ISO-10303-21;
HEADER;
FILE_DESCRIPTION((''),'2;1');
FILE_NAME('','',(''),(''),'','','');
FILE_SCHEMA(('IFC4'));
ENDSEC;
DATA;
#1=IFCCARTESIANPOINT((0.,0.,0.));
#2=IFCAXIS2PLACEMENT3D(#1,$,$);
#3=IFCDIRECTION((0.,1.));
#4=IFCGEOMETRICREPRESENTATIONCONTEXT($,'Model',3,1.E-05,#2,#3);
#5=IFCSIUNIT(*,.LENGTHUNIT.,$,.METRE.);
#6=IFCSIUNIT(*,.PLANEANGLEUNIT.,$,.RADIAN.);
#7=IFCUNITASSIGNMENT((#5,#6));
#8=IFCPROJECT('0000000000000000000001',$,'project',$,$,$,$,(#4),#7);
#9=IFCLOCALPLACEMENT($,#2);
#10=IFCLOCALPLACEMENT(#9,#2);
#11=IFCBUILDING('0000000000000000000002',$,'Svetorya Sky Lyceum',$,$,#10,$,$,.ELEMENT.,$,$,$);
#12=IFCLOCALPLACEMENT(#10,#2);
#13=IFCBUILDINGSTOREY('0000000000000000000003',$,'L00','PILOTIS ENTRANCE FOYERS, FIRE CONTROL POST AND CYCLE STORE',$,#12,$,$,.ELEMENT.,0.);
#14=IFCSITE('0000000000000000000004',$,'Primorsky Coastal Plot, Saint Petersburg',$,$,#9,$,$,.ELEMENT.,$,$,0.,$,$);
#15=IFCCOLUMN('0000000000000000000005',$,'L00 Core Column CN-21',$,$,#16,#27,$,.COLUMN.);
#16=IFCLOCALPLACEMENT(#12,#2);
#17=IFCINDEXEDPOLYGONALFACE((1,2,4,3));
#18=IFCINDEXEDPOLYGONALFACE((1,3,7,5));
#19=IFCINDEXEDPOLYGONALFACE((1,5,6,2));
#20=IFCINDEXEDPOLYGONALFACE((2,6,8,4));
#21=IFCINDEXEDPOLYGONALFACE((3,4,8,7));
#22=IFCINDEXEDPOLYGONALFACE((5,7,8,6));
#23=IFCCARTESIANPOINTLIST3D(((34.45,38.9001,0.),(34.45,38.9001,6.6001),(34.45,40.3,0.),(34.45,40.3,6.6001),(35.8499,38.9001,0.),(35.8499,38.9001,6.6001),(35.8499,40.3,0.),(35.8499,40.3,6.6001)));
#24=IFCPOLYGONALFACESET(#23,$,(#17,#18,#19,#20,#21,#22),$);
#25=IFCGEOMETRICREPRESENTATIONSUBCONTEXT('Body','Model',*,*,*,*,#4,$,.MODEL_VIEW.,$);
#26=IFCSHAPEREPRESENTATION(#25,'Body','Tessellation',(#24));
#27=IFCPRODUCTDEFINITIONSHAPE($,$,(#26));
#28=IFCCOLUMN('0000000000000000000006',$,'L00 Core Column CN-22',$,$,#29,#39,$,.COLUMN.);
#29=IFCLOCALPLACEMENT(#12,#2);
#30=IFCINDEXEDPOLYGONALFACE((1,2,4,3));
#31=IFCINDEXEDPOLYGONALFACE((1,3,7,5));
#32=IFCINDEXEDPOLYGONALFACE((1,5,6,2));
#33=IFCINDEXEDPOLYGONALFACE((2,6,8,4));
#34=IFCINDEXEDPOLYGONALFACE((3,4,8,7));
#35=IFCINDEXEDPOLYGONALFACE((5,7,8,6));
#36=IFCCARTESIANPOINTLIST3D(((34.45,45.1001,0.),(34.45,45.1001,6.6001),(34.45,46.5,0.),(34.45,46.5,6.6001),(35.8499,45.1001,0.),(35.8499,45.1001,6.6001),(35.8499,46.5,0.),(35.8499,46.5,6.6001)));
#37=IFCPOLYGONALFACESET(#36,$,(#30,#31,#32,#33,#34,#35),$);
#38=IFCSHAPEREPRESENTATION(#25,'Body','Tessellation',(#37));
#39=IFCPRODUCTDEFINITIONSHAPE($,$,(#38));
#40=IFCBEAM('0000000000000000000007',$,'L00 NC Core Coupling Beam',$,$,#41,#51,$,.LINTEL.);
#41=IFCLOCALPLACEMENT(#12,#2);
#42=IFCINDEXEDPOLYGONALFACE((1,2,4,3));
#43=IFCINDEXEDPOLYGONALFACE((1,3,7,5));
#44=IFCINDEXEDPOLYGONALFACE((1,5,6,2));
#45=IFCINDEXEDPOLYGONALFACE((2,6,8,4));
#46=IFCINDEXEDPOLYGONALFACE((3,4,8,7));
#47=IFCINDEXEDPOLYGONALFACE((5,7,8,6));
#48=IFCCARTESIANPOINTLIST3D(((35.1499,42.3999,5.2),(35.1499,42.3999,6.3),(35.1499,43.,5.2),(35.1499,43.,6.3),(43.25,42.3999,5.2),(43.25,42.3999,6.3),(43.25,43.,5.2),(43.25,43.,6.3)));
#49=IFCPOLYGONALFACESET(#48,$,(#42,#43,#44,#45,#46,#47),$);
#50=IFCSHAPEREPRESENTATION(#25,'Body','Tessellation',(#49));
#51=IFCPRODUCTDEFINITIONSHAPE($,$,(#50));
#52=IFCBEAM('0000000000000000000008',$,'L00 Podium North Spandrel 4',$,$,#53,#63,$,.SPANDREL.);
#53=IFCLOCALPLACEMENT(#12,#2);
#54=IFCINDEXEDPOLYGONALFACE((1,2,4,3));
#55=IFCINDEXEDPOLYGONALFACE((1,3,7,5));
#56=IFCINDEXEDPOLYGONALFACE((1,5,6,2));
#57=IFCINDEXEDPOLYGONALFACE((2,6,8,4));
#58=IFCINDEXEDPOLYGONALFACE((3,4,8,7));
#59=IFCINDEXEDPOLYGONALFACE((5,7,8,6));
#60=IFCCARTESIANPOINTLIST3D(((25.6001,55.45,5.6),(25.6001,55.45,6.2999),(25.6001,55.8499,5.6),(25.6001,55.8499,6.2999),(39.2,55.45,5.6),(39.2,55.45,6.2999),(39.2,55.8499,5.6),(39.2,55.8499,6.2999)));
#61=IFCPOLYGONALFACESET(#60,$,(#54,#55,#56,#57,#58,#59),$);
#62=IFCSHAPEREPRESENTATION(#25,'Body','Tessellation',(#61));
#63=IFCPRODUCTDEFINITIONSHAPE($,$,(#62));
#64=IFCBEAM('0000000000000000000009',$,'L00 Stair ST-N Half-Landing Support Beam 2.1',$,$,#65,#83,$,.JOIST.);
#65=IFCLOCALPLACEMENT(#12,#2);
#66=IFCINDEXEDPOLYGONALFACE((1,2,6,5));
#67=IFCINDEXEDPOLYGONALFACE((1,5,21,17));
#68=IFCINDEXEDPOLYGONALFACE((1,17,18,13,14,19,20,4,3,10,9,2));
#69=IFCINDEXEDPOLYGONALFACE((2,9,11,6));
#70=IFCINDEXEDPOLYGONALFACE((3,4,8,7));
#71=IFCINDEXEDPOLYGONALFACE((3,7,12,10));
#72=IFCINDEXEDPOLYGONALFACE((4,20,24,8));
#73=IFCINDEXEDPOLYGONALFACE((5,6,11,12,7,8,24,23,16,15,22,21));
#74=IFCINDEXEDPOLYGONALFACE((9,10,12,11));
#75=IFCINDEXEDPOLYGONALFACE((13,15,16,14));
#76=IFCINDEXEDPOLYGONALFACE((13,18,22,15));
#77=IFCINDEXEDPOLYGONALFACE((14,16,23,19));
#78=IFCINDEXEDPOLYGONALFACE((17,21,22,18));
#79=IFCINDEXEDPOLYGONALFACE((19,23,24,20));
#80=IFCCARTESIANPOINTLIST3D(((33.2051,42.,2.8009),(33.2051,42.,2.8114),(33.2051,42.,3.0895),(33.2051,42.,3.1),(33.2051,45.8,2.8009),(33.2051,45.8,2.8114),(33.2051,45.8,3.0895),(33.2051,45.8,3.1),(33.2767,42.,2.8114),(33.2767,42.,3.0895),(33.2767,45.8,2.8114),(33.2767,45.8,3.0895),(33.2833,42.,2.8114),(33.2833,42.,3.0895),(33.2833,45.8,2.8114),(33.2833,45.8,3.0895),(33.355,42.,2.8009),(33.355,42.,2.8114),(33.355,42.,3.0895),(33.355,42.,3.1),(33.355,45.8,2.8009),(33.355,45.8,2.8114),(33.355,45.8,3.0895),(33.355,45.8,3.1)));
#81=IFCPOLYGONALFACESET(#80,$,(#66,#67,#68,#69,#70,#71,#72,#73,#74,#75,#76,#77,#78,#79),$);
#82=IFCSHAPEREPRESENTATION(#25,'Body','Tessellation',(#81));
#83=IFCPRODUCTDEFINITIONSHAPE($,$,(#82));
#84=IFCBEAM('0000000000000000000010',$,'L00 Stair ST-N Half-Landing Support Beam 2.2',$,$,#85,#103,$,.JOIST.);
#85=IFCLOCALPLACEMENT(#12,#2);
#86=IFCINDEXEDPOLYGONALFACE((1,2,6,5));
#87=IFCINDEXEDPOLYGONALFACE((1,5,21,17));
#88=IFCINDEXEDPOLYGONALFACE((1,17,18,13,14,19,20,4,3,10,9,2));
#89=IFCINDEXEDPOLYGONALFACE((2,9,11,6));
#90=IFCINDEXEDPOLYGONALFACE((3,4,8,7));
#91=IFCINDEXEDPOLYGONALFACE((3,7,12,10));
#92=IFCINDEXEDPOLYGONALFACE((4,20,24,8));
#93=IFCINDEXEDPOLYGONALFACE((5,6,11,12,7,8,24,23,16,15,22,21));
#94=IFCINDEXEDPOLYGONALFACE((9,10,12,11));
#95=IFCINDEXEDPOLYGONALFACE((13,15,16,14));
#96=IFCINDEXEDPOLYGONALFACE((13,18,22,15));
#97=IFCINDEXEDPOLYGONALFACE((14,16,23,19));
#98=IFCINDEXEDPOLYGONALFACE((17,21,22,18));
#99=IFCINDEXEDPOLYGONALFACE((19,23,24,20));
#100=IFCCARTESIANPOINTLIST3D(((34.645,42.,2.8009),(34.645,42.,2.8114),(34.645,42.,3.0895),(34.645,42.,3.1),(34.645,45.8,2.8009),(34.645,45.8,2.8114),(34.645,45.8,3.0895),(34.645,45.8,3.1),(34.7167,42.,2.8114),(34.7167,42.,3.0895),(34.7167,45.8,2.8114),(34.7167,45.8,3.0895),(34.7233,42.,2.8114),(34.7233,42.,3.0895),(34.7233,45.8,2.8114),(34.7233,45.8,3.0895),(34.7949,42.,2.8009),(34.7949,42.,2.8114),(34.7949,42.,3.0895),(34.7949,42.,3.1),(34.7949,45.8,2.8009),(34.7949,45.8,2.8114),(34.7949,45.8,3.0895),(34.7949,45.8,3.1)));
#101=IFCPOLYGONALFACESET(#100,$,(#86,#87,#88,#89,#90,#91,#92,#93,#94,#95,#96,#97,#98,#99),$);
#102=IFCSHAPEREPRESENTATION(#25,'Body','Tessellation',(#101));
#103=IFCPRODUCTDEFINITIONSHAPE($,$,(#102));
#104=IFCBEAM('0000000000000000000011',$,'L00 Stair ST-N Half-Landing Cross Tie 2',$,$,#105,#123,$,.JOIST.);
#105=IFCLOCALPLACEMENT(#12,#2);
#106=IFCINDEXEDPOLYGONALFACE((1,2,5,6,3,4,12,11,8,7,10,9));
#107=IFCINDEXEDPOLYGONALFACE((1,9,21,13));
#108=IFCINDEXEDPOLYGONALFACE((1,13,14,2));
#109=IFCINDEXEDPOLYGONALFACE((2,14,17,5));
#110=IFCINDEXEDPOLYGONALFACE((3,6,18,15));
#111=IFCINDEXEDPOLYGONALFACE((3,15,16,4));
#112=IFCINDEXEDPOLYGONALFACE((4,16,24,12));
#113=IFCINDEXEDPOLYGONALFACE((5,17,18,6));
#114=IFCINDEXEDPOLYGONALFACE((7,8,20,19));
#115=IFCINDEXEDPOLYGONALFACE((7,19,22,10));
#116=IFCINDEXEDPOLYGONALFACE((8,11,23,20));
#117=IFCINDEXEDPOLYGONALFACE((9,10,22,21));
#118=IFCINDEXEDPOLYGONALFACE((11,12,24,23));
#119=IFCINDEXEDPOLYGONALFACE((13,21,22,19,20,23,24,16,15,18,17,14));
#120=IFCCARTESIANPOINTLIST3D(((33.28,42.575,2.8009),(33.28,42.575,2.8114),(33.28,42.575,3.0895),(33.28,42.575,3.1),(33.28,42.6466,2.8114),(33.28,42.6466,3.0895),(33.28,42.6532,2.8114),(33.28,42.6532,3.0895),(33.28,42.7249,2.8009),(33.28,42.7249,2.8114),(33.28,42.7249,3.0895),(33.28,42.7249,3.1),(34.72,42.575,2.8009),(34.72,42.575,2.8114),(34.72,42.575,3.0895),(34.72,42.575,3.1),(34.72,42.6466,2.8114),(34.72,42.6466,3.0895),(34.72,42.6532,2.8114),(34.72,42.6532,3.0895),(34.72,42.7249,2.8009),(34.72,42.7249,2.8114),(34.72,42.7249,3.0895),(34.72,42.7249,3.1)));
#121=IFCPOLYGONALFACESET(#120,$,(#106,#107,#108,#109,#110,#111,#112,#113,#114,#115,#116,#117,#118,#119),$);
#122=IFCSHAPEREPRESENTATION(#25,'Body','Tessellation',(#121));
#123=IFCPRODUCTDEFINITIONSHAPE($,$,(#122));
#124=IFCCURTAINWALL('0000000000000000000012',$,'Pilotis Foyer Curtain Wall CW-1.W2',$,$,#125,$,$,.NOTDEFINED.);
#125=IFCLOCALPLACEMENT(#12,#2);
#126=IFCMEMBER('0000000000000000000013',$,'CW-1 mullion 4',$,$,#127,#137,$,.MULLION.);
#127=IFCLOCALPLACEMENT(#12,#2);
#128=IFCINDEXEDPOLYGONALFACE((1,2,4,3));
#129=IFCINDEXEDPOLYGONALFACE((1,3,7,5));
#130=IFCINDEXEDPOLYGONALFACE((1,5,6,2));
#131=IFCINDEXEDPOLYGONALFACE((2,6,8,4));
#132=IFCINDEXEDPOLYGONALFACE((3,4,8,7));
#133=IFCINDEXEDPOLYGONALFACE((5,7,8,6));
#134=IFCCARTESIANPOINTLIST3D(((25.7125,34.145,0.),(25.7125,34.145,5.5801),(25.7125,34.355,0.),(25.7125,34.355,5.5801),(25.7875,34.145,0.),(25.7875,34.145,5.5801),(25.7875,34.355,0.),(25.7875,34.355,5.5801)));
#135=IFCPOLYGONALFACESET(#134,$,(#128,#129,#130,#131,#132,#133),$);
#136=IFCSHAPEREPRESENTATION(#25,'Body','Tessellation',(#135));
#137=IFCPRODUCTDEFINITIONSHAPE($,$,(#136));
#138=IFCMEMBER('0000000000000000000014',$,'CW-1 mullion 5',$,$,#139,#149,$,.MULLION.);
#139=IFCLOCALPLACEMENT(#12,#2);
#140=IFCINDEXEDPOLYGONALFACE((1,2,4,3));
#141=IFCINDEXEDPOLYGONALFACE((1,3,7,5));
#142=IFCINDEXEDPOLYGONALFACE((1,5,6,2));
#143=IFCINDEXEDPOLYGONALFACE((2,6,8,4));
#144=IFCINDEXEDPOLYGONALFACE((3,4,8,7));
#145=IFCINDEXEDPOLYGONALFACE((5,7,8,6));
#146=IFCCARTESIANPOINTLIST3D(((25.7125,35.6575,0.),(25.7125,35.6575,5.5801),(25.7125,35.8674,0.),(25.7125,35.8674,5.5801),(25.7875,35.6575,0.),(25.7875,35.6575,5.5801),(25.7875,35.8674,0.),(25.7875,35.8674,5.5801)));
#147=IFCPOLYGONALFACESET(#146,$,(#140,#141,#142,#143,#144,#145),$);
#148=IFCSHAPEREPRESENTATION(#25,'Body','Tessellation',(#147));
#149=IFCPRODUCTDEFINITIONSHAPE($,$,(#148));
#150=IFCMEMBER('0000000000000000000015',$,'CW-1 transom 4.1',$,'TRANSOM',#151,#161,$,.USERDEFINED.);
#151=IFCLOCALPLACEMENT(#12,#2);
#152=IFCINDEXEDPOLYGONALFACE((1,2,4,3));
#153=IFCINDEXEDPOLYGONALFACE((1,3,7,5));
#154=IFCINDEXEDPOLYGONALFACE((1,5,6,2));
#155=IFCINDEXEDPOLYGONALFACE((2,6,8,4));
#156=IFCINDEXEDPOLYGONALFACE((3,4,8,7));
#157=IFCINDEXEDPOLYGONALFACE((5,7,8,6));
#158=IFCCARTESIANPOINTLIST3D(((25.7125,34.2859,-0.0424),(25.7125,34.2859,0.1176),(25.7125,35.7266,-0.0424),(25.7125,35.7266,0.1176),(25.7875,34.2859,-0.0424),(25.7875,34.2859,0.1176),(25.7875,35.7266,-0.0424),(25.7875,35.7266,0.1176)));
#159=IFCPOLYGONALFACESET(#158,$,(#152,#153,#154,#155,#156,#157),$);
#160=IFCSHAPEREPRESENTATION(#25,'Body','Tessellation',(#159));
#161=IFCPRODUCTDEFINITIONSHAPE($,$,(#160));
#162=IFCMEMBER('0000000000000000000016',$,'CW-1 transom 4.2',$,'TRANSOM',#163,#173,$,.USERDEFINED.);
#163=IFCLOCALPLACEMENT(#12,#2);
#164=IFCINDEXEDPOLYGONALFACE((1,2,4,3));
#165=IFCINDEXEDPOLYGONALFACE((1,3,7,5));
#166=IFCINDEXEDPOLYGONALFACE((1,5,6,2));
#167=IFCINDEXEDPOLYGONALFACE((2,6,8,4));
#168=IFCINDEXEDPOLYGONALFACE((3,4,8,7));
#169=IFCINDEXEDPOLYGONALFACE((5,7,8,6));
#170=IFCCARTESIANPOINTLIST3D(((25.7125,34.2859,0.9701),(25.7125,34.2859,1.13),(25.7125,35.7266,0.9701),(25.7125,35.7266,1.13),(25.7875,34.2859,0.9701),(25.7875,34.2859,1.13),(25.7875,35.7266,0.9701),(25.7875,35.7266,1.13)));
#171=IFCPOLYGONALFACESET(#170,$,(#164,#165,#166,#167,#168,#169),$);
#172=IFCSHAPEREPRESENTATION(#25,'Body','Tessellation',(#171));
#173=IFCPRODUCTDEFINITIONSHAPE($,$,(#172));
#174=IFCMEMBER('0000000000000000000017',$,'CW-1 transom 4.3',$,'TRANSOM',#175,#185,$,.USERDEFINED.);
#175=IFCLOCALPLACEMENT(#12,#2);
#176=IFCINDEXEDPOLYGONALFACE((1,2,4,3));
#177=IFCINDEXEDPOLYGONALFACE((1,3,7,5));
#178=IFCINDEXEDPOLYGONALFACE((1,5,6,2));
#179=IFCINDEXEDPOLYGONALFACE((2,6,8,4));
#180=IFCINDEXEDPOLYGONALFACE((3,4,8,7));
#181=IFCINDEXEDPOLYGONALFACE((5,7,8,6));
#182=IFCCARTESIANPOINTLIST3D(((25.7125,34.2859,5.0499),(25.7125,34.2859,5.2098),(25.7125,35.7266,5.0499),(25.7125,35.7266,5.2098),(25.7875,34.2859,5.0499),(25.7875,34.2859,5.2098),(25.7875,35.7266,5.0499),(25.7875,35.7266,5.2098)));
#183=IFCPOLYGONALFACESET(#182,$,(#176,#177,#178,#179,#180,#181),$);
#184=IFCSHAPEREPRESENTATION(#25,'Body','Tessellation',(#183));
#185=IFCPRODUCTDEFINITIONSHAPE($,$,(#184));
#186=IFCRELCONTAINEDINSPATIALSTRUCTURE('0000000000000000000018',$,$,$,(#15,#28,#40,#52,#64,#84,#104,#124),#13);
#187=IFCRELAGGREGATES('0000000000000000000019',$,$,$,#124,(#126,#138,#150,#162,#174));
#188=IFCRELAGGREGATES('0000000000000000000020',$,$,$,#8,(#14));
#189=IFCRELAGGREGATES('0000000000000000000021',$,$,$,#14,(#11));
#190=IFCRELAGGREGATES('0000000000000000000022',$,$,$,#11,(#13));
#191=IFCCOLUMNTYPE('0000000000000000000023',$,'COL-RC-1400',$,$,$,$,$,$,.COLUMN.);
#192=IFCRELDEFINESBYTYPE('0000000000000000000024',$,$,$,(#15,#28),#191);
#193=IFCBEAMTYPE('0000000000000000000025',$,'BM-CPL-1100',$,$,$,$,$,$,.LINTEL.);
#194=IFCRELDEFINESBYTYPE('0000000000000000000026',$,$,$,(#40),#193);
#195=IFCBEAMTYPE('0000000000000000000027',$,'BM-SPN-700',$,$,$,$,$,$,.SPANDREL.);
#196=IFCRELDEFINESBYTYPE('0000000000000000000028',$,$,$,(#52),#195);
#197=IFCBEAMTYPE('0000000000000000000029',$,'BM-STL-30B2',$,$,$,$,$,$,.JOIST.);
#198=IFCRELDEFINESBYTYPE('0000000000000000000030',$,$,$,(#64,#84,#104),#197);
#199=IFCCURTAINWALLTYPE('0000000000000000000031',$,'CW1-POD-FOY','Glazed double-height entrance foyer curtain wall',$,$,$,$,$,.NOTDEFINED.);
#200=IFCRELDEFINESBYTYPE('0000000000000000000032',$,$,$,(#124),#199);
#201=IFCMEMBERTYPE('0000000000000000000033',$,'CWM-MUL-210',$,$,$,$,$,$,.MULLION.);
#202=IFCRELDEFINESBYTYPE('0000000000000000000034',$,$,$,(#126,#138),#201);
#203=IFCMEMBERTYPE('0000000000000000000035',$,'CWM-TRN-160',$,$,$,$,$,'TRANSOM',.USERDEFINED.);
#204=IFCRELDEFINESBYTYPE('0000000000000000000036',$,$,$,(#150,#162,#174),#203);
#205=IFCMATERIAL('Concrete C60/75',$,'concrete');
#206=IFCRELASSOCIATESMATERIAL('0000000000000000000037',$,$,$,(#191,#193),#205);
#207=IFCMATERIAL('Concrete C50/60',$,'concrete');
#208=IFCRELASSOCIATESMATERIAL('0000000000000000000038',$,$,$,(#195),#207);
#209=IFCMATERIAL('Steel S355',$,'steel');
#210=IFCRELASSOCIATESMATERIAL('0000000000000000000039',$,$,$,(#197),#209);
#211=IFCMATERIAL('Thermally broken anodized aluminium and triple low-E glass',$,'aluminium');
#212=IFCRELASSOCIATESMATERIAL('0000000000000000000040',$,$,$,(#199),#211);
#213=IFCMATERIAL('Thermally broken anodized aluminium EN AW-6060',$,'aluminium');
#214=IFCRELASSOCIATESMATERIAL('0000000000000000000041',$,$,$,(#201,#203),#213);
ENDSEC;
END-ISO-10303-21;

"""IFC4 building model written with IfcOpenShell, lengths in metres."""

from ifc_helpers import new_model, si_unit, direction, frame, origin, origin_2d, place, context, subcontext, project, spatial, rectangle, i_section, extrude, material, material_profile, profile_set, type_object, element, aggregate, save


model = new_model("IFC4")

# Units and contexts
model_context = context("Model", 3, precision=1e-05, world=origin(), true_north=direction((0.0, 1.0)))
body_context = subcontext(model_context, "Body", "Model", "MODEL_VIEW")
ifc_project = project(units=[si_unit("LENGTHUNIT", "METRE"), si_unit("PLANEANGLEUNIT", "RADIAN")], contexts=[model_context])

# Site, building, storey
site_placement = place(None, origin())
site = spatial("IfcSite", under=ifc_project, at=site_placement, Name="Primorsky Coastal Plot, Saint Petersburg", CompositionType="ELEMENT", RefElevation=0.0)
building_placement = place(site_placement, origin())
building = spatial("IfcBuilding", under=site, at=building_placement, Name="Svetorya Sky Lyceum", CompositionType="ELEMENT")
storey_placement = place(building_placement, origin())
storey = spatial("IfcBuildingStorey", under=building, at=storey_placement, Name="L00", Description="PILOTIS ENTRANCE FOYERS, FIRE CONTROL POST AND CYCLE STORE", CompositionType="ELEMENT", Elevation=0.0)

# Columns
ifc_material_1 = material(Name="Concrete C60/75", Category="concrete")
ifc_material_profile_1 = material_profile(ifc_material_1, rectangle(XDim=1.3999, YDim=1.3999, at=origin_2d()), Name="RC COL 1400x1400")
ifc_profile_set_1 = profile_set([ifc_material_profile_1], Name="Concrete C60/75")
column_type = type_object("IfcColumnType", Name="COL-RC-1400", PredefinedType="COLUMN", material=ifc_profile_set_1)
for number, where, z_axis, x_axis, name in (
    (1, (35.1499, 39.6001, 0.0), (0.0, 0.0, 1.0), (1.0, 0.0, 0.0), "L00 Core Column CN-21"),
    (2, (35.1499, 45.8, 0.0), (0.0, 0.0, 1.0), (1.0, 0.0, 0.0), "L00 Core Column CN-22"),
):
    element("IfcColumn", number, at=place(storey_placement, frame(where, z_axis=z_axis, x_axis=x_axis)), inside=storey, type_object=column_type, Name=name, PredefinedType="COLUMN", context=body_context, shape_type="SweptSolid", body=[
        extrude(rectangle(XDim=1.3999, YDim=1.3999, at=origin_2d()), origin(), (0.0, 0.0, 1.0), 6.6001),
    ])

# Beams
ifc_material_profile_2 = material_profile(ifc_material_1, rectangle(XDim=0.6001, YDim=1.1001, at=origin_2d()), Name="RC COUPLING 600x1100")
ifc_profile_set_2 = profile_set([ifc_material_profile_2], Name="Concrete C60/75")
beam_type_1 = type_object("IfcBeamType", Name="BM-CPL-1100", PredefinedType="LINTEL", material=ifc_profile_set_2)
beam_1_placement = place(storey_placement, frame((35.1499, 42.7, 5.75), z_axis=(1.0, 0.0, 0.0), x_axis=(0.0, 1.0, 0.0)))
element("IfcBeam", 3, at=beam_1_placement, inside=storey, type_object=beam_type_1, Name="L00 NC Core Coupling Beam", PredefinedType="LINTEL", context=body_context, shape_type="SweptSolid", body=[
    extrude(rectangle(XDim=0.6001, YDim=1.1001, at=origin_2d()), origin(), (0.0, 0.0, 1.0), 8.1001),
])
ifc_material_2 = material(Name="Concrete C50/60", Category="concrete")
ifc_material_profile_3 = material_profile(ifc_material_2, rectangle(XDim=0.3999, YDim=0.7, at=origin_2d()), Name="RC SPANDREL 400x700")
ifc_profile_set_3 = profile_set([ifc_material_profile_3], Name="Concrete C50/60")
beam_type_2 = type_object("IfcBeamType", Name="BM-SPN-700", PredefinedType="SPANDREL", material=ifc_profile_set_3)
beam_2_placement = place(storey_placement, frame((25.6001, 55.6499, 5.95), z_axis=(1.0, 0.0, 0.0), x_axis=(0.0, 1.0, 0.0)))
element("IfcBeam", 4, at=beam_2_placement, inside=storey, type_object=beam_type_2, Name="L00 Podium North Spandrel 4", PredefinedType="SPANDREL", context=body_context, shape_type="SweptSolid", body=[
    extrude(rectangle(XDim=0.3999, YDim=0.7, at=origin_2d()), origin(), (0.0, 0.0, 1.0), 13.5999),
])
ifc_material_3 = material(Name="Steel S355", Category="steel")
ifc_material_profile_4 = material_profile(ifc_material_3, i_section(OverallWidth=0.1499, OverallDepth=0.2991, WebThickness=0.0066, FlangeThickness=0.0105, at=origin_2d()), Name="GOST 30B2")
ifc_profile_set_4 = profile_set([ifc_material_profile_4], Name="Steel S355")
beam_type_3 = type_object("IfcBeamType", Name="BM-STL-30B2", PredefinedType="JOIST", material=ifc_profile_set_4)
for number, where, z_axis, x_axis, name in (
    (5, (33.28, 42.0, 2.9504), (0.0, 1.0, 0.0), (-1.0, 0.0, 0.0), "L00 Stair ST-N Half-Landing Support Beam 2.1"),
    (6, (34.72, 42.0, 2.9504), (0.0, 1.0, 0.0), (-1.0, 0.0, 0.0), "L00 Stair ST-N Half-Landing Support Beam 2.2"),
):
    element("IfcBeam", number, at=place(storey_placement, frame(where, z_axis=z_axis, x_axis=x_axis)), inside=storey, type_object=beam_type_3, Name=name, PredefinedType="JOIST", context=body_context, shape_type="SweptSolid", body=[
        extrude(i_section(OverallWidth=0.1499, OverallDepth=0.2991, WebThickness=0.0066, FlangeThickness=0.0105, at=origin_2d()), origin(), (0.0, 0.0, 1.0), 3.8),
    ])
beam_3_placement = place(storey_placement, frame((33.28, 42.6499, 2.9504), z_axis=(1.0, 0.0, 0.0), x_axis=(0.0, 1.0, 0.0)))
element("IfcBeam", 7, at=beam_3_placement, inside=storey, type_object=beam_type_3, Name="L00 Stair ST-N Half-Landing Cross Tie 2", PredefinedType="JOIST", context=body_context, shape_type="SweptSolid", body=[
    extrude(i_section(OverallWidth=0.1499, OverallDepth=0.2991, WebThickness=0.0066, FlangeThickness=0.0105, at=origin_2d()), origin(), (0.0, 0.0, 1.0), 1.4399),
])

# Curtain wall, members
ifc_material_4 = material(Name="Thermally broken anodized aluminium and triple low-E glass", Category="aluminium")
curtain_wall_type = type_object("IfcCurtainWallType", Name="CW1-POD-FOY", Description="Glazed double-height entrance foyer curtain wall", PredefinedType="NOTDEFINED", material=ifc_material_4)
curtain_wall_placement = place(storey_placement, origin())
curtain_wall = element("IfcCurtainWall", 8, at=curtain_wall_placement, inside=storey, type_object=curtain_wall_type, Name="Pilotis Foyer Curtain Wall CW-1.W2", PredefinedType="NOTDEFINED")
ifc_material_5 = material(Name="Thermally broken anodized aluminium EN AW-6060", Category="aluminium")
ifc_material_profile_5 = material_profile(ifc_material_5, rectangle(XDim=0.075, YDim=0.21, at=origin_2d()), Name="ALU MULLION 75x210")
ifc_profile_set_5 = profile_set([ifc_material_profile_5], Name="Thermally broken anodized aluminium EN AW-6060")
member_type_1 = type_object("IfcMemberType", Name="CWM-MUL-210", PredefinedType="MULLION", material=ifc_profile_set_5)
member_1_placement = place(storey_placement, frame((25.75, 34.25, 0.0), z_axis=(0.0, 0.0, 1.0), x_axis=(-1.0, 0.0, 0.0)))
member_1 = element("IfcMember", 9, at=member_1_placement, type_object=member_type_1, Name="CW-1 mullion 4", PredefinedType="MULLION", context=body_context, shape_type="SweptSolid", body=[
    extrude(rectangle(XDim=0.075, YDim=0.21, at=origin_2d()), origin(), (0.0, 0.0, 1.0), 5.5801),
])
member_2_placement = place(storey_placement, frame((25.75, 35.7625, 0.0), z_axis=(0.0, 0.0, 1.0), x_axis=(-1.0, 0.0, 0.0)))
member_2 = element("IfcMember", 10, at=member_2_placement, type_object=member_type_1, Name="CW-1 mullion 5", PredefinedType="MULLION", context=body_context, shape_type="SweptSolid", body=[
    extrude(rectangle(XDim=0.075, YDim=0.21, at=origin_2d()), origin(), (0.0, 0.0, 1.0), 5.5801),
])
ifc_material_profile_6 = material_profile(ifc_material_5, rectangle(XDim=0.075, YDim=0.1599, at=origin_2d()), Name="ALU TRANSOM 75x160")
ifc_profile_set_6 = profile_set([ifc_material_profile_6], Name="Thermally broken anodized aluminium EN AW-6060")
member_type_2 = type_object("IfcMemberType", Name="CWM-TRN-160", ElementType="TRANSOM", PredefinedType="USERDEFINED", material=ifc_profile_set_6)
member_3_placement = place(storey_placement, frame((25.75, 34.2859, 0.0376), z_axis=(0.0, 1.0, 0.0), x_axis=(-1.0, 0.0, 0.0)))
member_3 = element("IfcMember", 11, at=member_3_placement, type_object=member_type_2, Name="CW-1 transom 4.1", ObjectType="TRANSOM", PredefinedType="USERDEFINED", context=body_context, shape_type="SweptSolid", body=[
    extrude(rectangle(XDim=0.075, YDim=0.1599, at=origin_2d()), origin(), (0.0, 0.0, 1.0), 1.4407),
])
member_4_placement = place(storey_placement, frame((25.75, 34.2859, 1.05), z_axis=(0.0, 1.0, 0.0), x_axis=(-1.0, 0.0, 0.0)))
member_4 = element("IfcMember", 12, at=member_4_placement, type_object=member_type_2, Name="CW-1 transom 4.2", ObjectType="TRANSOM", PredefinedType="USERDEFINED", context=body_context, shape_type="SweptSolid", body=[
    extrude(rectangle(XDim=0.075, YDim=0.1599, at=origin_2d()), origin(), (0.0, 0.0, 1.0), 1.4407),
])
member_5_placement = place(storey_placement, frame((25.75, 34.2859, 5.1299), z_axis=(0.0, 1.0, 0.0), x_axis=(-1.0, 0.0, 0.0)))
member_5 = element("IfcMember", 13, at=member_5_placement, type_object=member_type_2, Name="CW-1 transom 4.3", ObjectType="TRANSOM", PredefinedType="USERDEFINED", context=body_context, shape_type="SweptSolid", body=[
    extrude(rectangle(XDim=0.075, YDim=0.1599, at=origin_2d()), origin(), (0.0, 0.0, 1.0), 1.4407),
])
aggregate(curtain_wall, [member_1, member_2, member_3, member_4, member_5])

save(model, "model.ifc")
